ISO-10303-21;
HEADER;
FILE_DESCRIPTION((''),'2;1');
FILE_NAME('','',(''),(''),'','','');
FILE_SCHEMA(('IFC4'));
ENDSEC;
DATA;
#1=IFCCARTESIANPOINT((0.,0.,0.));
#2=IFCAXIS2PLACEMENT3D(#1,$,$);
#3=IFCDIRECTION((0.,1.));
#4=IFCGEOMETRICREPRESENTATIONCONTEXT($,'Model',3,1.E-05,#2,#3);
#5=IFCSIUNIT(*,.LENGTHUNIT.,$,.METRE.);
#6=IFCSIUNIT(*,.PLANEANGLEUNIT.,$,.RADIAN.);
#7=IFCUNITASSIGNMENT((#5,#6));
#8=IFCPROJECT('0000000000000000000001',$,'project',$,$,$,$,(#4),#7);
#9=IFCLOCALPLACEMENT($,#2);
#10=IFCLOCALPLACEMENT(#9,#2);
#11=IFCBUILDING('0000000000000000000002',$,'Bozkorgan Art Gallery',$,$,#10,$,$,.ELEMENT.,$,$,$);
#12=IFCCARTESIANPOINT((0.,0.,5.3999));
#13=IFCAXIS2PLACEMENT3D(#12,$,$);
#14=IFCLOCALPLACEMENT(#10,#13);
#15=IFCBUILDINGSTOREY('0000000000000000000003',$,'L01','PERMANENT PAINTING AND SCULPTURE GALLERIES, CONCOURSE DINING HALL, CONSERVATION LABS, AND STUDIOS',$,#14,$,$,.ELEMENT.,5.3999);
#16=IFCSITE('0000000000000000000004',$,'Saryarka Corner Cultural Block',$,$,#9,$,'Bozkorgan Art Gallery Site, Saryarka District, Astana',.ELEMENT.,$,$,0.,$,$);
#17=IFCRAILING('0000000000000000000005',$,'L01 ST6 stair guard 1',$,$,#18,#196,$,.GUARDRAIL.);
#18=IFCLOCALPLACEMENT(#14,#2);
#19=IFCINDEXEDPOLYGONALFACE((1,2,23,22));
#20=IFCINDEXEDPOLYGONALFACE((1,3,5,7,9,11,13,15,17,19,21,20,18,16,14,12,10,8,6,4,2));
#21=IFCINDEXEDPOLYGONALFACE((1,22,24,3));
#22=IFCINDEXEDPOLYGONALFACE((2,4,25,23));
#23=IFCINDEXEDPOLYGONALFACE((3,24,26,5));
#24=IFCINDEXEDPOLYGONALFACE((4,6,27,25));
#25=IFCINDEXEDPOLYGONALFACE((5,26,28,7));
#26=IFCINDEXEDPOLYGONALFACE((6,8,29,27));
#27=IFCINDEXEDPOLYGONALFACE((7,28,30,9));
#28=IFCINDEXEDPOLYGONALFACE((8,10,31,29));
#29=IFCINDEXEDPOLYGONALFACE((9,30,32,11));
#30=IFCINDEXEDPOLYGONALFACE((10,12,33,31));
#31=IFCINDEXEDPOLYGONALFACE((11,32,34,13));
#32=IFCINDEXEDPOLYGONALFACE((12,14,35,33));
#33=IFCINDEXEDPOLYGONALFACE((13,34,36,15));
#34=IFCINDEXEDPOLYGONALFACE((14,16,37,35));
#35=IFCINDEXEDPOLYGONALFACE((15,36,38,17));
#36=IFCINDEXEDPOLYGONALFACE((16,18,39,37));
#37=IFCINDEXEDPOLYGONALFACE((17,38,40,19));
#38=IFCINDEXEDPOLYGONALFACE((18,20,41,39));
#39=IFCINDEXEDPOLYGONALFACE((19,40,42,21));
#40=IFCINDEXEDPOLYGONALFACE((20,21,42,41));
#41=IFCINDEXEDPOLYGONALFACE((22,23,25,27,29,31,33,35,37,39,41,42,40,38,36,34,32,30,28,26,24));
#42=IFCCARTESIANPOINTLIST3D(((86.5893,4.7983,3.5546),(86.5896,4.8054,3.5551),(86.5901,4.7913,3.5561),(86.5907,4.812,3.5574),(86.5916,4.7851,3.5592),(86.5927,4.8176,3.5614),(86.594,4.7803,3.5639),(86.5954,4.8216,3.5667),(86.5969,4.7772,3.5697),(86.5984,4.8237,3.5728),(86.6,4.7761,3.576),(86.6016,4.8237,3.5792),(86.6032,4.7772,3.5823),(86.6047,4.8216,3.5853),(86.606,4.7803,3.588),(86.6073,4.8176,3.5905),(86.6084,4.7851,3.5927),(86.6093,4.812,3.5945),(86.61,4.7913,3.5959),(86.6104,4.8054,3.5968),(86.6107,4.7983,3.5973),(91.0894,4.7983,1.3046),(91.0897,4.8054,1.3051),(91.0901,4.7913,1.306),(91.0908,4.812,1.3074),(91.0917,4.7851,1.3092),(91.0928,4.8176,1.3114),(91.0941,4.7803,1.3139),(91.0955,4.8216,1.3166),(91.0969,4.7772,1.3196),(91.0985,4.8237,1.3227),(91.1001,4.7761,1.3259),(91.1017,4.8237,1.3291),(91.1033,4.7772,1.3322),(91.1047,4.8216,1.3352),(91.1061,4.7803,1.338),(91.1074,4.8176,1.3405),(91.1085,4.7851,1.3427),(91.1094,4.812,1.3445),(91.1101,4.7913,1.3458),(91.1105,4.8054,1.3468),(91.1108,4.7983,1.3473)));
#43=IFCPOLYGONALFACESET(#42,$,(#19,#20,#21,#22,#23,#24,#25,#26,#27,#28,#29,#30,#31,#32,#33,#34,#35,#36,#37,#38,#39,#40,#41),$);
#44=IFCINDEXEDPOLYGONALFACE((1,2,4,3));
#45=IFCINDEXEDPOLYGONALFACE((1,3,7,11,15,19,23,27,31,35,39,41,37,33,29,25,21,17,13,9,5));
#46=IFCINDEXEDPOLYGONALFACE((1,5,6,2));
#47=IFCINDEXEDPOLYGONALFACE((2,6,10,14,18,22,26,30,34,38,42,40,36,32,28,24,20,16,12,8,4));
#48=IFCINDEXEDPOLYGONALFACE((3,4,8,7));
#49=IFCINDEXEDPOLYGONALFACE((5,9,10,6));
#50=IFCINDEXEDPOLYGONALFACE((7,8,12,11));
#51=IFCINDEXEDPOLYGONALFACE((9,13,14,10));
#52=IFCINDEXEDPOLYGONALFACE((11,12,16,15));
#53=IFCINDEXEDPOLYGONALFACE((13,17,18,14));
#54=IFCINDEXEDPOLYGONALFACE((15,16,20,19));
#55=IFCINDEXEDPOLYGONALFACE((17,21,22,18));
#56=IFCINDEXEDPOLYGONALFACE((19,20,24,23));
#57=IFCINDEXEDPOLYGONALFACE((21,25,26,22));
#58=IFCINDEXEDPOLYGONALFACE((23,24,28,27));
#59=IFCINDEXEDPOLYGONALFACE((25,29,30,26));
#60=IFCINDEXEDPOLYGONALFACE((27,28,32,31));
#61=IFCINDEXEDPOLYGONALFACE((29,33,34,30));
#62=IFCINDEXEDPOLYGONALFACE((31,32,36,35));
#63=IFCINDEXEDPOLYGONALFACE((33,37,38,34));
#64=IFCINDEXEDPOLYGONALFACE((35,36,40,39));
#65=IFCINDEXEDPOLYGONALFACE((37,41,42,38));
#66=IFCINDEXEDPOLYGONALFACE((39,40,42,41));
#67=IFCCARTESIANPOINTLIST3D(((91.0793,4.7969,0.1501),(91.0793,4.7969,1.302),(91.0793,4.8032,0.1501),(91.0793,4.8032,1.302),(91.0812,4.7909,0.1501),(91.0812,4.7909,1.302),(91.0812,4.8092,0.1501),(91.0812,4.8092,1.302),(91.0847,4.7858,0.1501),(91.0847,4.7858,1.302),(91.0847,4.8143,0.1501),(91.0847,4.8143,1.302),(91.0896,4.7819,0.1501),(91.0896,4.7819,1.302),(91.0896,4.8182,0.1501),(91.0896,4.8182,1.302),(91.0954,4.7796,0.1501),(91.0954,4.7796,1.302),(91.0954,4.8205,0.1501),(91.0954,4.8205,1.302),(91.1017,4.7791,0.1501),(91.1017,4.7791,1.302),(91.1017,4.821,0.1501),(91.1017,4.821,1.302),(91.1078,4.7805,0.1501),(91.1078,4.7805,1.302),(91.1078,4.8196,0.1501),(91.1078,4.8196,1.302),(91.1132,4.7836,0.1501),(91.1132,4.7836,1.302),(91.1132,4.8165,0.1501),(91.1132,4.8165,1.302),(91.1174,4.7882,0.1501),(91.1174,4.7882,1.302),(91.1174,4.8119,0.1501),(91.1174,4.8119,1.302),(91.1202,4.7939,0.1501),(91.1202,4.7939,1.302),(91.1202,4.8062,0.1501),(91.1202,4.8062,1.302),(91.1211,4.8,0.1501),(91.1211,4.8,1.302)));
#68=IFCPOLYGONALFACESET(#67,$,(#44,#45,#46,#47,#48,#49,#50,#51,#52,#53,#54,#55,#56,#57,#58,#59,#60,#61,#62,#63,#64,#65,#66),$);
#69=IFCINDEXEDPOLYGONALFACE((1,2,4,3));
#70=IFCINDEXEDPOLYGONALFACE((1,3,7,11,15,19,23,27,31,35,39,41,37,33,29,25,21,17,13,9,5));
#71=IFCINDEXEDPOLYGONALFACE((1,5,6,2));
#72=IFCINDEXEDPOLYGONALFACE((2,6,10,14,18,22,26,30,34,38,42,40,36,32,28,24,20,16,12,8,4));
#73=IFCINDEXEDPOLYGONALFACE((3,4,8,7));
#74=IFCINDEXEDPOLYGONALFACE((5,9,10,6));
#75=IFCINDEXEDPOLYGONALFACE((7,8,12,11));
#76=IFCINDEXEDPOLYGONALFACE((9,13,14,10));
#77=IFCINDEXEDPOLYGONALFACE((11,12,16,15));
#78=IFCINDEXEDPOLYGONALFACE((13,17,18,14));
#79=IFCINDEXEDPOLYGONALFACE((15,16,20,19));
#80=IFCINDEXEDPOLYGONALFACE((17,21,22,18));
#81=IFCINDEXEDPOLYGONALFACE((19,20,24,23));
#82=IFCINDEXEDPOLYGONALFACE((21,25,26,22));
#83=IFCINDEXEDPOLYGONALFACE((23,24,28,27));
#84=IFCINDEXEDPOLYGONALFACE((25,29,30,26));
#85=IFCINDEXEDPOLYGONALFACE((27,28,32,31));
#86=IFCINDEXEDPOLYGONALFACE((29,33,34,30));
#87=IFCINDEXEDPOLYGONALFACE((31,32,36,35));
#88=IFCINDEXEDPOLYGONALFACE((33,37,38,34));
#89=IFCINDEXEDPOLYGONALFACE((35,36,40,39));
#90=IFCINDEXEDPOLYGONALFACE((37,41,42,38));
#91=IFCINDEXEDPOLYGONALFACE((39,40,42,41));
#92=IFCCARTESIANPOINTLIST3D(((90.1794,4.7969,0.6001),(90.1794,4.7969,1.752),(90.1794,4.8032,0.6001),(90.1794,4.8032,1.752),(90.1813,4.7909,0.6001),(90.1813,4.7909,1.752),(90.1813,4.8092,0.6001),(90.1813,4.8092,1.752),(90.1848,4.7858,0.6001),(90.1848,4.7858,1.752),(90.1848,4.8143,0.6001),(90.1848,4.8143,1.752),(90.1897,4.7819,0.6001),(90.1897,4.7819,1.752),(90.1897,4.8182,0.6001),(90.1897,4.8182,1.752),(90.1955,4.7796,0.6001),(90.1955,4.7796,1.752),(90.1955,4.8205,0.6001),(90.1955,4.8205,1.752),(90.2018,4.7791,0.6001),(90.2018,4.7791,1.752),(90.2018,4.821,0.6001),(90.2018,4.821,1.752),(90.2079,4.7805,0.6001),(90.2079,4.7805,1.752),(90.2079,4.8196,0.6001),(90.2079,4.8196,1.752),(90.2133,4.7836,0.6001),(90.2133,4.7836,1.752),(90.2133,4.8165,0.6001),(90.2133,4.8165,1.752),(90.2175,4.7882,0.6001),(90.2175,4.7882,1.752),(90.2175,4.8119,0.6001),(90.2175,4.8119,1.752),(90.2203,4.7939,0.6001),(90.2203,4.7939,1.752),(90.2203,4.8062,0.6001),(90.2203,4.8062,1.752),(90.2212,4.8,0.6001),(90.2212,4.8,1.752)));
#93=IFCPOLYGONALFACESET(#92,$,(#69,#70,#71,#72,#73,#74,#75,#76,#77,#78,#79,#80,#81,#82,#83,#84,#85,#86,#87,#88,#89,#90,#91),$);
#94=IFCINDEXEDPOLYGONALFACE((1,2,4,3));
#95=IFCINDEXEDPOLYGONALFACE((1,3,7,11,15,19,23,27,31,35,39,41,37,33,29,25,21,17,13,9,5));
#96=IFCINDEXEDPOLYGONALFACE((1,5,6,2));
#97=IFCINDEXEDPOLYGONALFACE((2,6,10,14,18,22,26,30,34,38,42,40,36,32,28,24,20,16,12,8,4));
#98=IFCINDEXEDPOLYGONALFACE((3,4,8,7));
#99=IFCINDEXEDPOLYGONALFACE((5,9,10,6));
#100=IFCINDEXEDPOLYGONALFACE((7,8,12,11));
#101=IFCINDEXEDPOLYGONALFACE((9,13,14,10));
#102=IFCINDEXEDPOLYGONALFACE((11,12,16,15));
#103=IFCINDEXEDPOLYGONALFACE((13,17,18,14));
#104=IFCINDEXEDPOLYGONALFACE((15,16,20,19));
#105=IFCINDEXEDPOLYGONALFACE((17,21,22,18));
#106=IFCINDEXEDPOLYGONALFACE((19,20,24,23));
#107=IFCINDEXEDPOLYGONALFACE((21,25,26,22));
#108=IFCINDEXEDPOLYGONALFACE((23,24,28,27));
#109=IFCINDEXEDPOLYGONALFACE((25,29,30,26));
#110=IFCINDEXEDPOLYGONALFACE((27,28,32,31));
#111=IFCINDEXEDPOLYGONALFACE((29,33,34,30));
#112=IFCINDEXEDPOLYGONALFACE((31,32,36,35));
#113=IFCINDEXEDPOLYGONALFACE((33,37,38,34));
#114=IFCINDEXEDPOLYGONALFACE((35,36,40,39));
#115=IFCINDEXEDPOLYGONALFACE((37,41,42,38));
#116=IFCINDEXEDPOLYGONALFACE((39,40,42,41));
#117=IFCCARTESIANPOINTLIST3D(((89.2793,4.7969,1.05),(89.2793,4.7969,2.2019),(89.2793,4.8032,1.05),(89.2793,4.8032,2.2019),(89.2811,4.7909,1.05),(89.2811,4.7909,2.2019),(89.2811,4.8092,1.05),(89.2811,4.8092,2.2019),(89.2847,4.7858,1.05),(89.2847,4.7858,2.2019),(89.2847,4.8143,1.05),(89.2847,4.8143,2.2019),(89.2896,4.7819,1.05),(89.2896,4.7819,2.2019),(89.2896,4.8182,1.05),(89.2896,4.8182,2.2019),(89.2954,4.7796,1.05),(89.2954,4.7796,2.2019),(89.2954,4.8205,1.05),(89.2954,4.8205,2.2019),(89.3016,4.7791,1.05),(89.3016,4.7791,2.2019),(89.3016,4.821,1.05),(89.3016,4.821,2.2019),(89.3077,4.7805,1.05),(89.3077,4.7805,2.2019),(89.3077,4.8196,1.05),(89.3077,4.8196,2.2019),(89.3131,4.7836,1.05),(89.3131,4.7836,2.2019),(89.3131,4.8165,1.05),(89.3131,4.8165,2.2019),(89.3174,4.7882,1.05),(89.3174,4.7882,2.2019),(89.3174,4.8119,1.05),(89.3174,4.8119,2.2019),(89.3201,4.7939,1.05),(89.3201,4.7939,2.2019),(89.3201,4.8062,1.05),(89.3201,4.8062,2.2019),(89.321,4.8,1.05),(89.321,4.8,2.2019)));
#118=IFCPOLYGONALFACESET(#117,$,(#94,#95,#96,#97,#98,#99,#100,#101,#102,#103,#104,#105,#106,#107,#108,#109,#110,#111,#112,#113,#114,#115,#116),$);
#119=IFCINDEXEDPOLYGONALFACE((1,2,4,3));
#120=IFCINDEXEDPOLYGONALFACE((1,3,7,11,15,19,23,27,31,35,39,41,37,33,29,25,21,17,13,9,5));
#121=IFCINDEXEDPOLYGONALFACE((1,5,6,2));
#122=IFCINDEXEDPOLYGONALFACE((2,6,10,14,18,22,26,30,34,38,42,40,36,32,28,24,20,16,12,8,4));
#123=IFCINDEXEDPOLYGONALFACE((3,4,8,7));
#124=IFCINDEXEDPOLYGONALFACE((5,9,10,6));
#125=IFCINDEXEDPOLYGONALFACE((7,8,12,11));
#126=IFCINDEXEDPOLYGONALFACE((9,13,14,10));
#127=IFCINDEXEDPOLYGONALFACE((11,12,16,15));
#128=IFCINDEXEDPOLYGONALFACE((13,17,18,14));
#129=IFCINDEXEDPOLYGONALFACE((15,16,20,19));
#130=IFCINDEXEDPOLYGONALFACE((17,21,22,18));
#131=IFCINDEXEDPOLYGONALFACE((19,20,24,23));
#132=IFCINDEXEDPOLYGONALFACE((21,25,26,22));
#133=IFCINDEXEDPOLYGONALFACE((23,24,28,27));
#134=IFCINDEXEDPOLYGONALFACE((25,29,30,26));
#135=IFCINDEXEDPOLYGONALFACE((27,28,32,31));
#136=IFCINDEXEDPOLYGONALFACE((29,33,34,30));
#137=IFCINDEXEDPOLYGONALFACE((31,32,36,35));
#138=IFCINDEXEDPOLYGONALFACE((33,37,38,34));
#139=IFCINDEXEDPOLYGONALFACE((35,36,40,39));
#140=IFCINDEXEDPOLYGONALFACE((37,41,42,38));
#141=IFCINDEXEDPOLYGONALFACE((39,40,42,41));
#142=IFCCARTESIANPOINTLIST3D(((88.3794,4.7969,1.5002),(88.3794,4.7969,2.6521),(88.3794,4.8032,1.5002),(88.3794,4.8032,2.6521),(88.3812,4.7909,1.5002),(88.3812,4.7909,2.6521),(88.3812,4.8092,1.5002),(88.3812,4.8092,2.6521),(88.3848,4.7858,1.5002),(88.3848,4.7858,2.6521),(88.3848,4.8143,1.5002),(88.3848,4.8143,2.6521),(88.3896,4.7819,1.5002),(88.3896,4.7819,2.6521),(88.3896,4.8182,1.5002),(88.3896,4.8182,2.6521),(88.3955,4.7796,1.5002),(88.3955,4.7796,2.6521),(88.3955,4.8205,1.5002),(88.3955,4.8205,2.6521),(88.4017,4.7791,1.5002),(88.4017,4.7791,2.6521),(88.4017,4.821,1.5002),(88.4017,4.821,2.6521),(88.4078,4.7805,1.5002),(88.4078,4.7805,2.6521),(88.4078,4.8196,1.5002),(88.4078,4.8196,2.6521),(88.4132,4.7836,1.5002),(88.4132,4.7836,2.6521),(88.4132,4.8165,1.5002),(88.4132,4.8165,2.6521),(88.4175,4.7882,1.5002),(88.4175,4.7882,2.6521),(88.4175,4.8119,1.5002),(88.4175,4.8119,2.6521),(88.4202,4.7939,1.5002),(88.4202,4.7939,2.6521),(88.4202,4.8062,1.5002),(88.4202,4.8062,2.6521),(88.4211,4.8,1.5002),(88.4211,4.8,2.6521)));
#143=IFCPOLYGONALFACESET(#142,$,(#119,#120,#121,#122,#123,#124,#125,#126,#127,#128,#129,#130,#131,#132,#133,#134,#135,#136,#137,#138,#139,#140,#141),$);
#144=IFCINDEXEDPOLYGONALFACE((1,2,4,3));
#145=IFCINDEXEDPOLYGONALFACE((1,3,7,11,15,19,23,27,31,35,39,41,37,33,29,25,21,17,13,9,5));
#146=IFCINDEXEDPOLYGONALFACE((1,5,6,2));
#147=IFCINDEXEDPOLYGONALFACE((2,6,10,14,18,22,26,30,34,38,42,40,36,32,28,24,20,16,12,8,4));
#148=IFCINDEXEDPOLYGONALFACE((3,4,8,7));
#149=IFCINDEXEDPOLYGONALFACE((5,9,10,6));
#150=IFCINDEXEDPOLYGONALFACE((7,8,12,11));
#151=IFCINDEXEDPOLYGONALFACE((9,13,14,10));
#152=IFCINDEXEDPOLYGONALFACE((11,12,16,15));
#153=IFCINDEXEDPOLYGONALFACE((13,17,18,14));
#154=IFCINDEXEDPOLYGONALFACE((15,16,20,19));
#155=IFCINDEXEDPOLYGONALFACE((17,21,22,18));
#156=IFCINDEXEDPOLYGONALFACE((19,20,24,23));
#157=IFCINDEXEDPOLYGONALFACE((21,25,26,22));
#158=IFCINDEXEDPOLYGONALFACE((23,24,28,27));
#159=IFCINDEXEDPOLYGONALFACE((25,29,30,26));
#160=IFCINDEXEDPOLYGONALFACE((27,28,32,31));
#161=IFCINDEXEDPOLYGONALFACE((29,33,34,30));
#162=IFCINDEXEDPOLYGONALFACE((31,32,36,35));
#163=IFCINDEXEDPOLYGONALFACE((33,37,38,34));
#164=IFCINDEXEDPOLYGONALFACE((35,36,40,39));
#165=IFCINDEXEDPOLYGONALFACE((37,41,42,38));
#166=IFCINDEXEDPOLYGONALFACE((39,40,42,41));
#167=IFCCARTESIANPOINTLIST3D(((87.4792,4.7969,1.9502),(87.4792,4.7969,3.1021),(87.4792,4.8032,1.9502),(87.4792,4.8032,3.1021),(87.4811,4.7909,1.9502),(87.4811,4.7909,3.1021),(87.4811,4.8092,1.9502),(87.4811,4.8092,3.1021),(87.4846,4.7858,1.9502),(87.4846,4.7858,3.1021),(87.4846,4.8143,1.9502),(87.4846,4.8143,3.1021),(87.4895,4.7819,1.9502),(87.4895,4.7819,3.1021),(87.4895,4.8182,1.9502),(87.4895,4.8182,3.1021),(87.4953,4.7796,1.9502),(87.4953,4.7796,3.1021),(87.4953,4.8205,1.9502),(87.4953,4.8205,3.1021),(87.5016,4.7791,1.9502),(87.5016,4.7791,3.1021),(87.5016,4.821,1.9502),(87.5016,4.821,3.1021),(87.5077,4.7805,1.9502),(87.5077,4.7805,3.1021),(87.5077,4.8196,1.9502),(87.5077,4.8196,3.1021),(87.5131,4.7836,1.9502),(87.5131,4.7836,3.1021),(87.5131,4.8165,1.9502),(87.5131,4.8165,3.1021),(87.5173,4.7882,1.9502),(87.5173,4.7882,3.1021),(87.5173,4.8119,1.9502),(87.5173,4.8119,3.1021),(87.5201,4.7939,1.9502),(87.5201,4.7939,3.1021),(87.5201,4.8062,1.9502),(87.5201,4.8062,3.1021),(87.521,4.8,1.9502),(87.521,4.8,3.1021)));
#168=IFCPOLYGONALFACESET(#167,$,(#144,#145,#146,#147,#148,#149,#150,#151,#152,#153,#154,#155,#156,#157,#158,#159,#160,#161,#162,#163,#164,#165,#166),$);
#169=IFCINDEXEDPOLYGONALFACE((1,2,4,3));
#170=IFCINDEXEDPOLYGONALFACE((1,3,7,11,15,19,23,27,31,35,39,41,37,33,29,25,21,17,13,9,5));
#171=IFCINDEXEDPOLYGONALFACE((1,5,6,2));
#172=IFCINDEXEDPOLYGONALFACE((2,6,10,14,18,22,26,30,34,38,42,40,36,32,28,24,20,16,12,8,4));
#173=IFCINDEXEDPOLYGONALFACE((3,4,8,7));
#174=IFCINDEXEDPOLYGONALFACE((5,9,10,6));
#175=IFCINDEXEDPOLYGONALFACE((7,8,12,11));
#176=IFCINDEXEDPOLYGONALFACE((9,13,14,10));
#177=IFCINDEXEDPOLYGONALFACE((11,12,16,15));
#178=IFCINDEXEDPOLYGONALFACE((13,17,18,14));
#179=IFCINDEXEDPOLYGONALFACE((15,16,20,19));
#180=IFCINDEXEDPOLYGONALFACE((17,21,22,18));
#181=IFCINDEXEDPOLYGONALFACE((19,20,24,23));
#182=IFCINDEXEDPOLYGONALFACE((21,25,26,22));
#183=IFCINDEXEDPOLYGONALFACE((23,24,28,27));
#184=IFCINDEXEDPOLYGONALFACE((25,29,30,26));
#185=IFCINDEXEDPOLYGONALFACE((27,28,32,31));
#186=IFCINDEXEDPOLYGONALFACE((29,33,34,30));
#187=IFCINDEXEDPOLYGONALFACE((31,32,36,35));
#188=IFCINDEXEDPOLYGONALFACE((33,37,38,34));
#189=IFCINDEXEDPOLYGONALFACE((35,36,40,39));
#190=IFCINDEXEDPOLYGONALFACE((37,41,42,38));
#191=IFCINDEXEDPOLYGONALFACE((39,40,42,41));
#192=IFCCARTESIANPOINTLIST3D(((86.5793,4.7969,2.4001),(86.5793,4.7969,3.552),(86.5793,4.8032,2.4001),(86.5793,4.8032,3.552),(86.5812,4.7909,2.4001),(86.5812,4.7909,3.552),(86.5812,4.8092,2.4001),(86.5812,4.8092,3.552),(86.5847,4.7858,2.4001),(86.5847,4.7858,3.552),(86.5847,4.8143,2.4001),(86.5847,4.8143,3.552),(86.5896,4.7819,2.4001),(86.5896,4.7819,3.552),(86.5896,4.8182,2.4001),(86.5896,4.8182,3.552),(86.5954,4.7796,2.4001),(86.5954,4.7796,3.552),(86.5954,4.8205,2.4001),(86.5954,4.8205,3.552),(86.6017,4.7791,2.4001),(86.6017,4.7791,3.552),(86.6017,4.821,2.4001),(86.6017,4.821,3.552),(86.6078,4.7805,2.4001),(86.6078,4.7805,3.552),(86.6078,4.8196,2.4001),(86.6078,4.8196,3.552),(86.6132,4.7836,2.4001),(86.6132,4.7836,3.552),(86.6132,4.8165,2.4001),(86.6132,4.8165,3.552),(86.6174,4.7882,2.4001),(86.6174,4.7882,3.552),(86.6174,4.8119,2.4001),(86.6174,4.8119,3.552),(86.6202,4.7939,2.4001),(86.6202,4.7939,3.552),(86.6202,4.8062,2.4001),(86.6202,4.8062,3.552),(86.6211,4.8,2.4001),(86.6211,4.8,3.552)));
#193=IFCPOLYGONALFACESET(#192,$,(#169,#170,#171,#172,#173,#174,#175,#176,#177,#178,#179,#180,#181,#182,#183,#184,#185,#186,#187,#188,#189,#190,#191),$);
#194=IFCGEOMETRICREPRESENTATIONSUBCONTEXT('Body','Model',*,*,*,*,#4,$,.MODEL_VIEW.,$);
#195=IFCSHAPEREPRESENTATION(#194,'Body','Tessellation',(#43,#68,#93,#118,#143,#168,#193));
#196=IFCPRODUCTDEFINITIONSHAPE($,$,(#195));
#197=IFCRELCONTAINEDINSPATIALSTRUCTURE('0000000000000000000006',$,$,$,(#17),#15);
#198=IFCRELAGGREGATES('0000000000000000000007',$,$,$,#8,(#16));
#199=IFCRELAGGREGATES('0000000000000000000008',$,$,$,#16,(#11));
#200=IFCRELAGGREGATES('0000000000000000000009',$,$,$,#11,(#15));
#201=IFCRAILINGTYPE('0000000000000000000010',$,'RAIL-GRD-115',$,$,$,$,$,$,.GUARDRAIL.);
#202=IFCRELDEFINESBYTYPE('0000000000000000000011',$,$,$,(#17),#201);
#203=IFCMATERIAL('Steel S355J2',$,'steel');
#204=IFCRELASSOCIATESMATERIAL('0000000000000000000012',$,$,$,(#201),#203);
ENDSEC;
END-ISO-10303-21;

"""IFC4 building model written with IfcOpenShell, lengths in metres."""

from ifc_helpers import new_model, si_unit, direction, frame, origin, origin_2d, place, context, subcontext, project, spatial, circle, extrude, material, type_object, element, save


model = new_model("IFC4")

# Units and contexts
model_context = context("Model", 3, precision=1e-05, world=origin(), true_north=direction((0.0, 1.0)))
body_context = subcontext(model_context, "Body", "Model", "MODEL_VIEW")
ifc_project = project(units=[si_unit("LENGTHUNIT", "METRE"), si_unit("PLANEANGLEUNIT", "RADIAN")], contexts=[model_context])

# Site, building, storey
site_placement = place(None, origin())
site = spatial("IfcSite", under=ifc_project, at=site_placement, Name="Saryarka Corner Cultural Block", LongName="Bozkorgan Art Gallery Site, Saryarka District, Astana", CompositionType="ELEMENT", RefElevation=0.0)
building_placement = place(site_placement, origin())
building = spatial("IfcBuilding", under=site, at=building_placement, Name="Bozkorgan Art Gallery", CompositionType="ELEMENT")
storey_placement = place(building_placement, frame((0.0, 0.0, 5.3999)))
storey = spatial("IfcBuildingStorey", under=building, at=storey_placement, Name="L01", Description="PERMANENT PAINTING AND SCULPTURE GALLERIES, CONCOURSE DINING HALL, CONSERVATION LABS, AND STUDIOS", CompositionType="ELEMENT", Elevation=5.3999)

# Shared definitions
ifc_material_1 = material(Name="Steel S355J2", Category="steel")

# Railing
railing_type_1 = type_object("IfcRailingType", Name="RAIL-GRD-115", PredefinedType="GUARDRAIL", material=ifc_material_1)
railing_1_placement = place(storey_placement, frame((91.1001, 4.8, 0.1501)))
element("IfcRailing", 1, at=railing_1_placement, inside=storey, type_object=railing_type_1, Name="L01 ST6 stair guard 1", PredefinedType="GUARDRAIL", context=body_context, shape_type="SweptSolid", body=[
    extrude(circle(Radius=0.0239, at=origin_2d()), frame((0.0, 0.0, 1.1758), z_axis=(-0.894427, 0.0, 0.447214), x_axis=(0.0, -1.0, 0.0)), (0.0, 0.0, 1.0), 5.0312),
    extrude(circle(Radius=0.021, at=origin_2d()), origin(), (0.0, 0.0, 1.0), 1.1519),
    extrude(circle(Radius=0.021, at=origin_2d()), frame((-0.8999, 0.0, 0.45)), (0.0, 0.0, 1.0), 1.1519),
    extrude(circle(Radius=0.021, at=origin_2d()), frame((-1.8, 0.0, 0.8999)), (0.0, 0.0, 1.0), 1.1519),
    extrude(circle(Radius=0.021, at=origin_2d()), frame((-2.7, 0.0, 1.3501)), (0.0, 0.0, 1.0), 1.1519),
    extrude(circle(Radius=0.021, at=origin_2d()), frame((-3.6001, 0.0, 1.8)), (0.0, 0.0, 1.0), 1.1519),
    extrude(circle(Radius=0.021, at=origin_2d()), frame((-4.5, 0.0, 2.25)), (0.0, 0.0, 1.0), 1.1519),
])

save(model, "model.ifc")
